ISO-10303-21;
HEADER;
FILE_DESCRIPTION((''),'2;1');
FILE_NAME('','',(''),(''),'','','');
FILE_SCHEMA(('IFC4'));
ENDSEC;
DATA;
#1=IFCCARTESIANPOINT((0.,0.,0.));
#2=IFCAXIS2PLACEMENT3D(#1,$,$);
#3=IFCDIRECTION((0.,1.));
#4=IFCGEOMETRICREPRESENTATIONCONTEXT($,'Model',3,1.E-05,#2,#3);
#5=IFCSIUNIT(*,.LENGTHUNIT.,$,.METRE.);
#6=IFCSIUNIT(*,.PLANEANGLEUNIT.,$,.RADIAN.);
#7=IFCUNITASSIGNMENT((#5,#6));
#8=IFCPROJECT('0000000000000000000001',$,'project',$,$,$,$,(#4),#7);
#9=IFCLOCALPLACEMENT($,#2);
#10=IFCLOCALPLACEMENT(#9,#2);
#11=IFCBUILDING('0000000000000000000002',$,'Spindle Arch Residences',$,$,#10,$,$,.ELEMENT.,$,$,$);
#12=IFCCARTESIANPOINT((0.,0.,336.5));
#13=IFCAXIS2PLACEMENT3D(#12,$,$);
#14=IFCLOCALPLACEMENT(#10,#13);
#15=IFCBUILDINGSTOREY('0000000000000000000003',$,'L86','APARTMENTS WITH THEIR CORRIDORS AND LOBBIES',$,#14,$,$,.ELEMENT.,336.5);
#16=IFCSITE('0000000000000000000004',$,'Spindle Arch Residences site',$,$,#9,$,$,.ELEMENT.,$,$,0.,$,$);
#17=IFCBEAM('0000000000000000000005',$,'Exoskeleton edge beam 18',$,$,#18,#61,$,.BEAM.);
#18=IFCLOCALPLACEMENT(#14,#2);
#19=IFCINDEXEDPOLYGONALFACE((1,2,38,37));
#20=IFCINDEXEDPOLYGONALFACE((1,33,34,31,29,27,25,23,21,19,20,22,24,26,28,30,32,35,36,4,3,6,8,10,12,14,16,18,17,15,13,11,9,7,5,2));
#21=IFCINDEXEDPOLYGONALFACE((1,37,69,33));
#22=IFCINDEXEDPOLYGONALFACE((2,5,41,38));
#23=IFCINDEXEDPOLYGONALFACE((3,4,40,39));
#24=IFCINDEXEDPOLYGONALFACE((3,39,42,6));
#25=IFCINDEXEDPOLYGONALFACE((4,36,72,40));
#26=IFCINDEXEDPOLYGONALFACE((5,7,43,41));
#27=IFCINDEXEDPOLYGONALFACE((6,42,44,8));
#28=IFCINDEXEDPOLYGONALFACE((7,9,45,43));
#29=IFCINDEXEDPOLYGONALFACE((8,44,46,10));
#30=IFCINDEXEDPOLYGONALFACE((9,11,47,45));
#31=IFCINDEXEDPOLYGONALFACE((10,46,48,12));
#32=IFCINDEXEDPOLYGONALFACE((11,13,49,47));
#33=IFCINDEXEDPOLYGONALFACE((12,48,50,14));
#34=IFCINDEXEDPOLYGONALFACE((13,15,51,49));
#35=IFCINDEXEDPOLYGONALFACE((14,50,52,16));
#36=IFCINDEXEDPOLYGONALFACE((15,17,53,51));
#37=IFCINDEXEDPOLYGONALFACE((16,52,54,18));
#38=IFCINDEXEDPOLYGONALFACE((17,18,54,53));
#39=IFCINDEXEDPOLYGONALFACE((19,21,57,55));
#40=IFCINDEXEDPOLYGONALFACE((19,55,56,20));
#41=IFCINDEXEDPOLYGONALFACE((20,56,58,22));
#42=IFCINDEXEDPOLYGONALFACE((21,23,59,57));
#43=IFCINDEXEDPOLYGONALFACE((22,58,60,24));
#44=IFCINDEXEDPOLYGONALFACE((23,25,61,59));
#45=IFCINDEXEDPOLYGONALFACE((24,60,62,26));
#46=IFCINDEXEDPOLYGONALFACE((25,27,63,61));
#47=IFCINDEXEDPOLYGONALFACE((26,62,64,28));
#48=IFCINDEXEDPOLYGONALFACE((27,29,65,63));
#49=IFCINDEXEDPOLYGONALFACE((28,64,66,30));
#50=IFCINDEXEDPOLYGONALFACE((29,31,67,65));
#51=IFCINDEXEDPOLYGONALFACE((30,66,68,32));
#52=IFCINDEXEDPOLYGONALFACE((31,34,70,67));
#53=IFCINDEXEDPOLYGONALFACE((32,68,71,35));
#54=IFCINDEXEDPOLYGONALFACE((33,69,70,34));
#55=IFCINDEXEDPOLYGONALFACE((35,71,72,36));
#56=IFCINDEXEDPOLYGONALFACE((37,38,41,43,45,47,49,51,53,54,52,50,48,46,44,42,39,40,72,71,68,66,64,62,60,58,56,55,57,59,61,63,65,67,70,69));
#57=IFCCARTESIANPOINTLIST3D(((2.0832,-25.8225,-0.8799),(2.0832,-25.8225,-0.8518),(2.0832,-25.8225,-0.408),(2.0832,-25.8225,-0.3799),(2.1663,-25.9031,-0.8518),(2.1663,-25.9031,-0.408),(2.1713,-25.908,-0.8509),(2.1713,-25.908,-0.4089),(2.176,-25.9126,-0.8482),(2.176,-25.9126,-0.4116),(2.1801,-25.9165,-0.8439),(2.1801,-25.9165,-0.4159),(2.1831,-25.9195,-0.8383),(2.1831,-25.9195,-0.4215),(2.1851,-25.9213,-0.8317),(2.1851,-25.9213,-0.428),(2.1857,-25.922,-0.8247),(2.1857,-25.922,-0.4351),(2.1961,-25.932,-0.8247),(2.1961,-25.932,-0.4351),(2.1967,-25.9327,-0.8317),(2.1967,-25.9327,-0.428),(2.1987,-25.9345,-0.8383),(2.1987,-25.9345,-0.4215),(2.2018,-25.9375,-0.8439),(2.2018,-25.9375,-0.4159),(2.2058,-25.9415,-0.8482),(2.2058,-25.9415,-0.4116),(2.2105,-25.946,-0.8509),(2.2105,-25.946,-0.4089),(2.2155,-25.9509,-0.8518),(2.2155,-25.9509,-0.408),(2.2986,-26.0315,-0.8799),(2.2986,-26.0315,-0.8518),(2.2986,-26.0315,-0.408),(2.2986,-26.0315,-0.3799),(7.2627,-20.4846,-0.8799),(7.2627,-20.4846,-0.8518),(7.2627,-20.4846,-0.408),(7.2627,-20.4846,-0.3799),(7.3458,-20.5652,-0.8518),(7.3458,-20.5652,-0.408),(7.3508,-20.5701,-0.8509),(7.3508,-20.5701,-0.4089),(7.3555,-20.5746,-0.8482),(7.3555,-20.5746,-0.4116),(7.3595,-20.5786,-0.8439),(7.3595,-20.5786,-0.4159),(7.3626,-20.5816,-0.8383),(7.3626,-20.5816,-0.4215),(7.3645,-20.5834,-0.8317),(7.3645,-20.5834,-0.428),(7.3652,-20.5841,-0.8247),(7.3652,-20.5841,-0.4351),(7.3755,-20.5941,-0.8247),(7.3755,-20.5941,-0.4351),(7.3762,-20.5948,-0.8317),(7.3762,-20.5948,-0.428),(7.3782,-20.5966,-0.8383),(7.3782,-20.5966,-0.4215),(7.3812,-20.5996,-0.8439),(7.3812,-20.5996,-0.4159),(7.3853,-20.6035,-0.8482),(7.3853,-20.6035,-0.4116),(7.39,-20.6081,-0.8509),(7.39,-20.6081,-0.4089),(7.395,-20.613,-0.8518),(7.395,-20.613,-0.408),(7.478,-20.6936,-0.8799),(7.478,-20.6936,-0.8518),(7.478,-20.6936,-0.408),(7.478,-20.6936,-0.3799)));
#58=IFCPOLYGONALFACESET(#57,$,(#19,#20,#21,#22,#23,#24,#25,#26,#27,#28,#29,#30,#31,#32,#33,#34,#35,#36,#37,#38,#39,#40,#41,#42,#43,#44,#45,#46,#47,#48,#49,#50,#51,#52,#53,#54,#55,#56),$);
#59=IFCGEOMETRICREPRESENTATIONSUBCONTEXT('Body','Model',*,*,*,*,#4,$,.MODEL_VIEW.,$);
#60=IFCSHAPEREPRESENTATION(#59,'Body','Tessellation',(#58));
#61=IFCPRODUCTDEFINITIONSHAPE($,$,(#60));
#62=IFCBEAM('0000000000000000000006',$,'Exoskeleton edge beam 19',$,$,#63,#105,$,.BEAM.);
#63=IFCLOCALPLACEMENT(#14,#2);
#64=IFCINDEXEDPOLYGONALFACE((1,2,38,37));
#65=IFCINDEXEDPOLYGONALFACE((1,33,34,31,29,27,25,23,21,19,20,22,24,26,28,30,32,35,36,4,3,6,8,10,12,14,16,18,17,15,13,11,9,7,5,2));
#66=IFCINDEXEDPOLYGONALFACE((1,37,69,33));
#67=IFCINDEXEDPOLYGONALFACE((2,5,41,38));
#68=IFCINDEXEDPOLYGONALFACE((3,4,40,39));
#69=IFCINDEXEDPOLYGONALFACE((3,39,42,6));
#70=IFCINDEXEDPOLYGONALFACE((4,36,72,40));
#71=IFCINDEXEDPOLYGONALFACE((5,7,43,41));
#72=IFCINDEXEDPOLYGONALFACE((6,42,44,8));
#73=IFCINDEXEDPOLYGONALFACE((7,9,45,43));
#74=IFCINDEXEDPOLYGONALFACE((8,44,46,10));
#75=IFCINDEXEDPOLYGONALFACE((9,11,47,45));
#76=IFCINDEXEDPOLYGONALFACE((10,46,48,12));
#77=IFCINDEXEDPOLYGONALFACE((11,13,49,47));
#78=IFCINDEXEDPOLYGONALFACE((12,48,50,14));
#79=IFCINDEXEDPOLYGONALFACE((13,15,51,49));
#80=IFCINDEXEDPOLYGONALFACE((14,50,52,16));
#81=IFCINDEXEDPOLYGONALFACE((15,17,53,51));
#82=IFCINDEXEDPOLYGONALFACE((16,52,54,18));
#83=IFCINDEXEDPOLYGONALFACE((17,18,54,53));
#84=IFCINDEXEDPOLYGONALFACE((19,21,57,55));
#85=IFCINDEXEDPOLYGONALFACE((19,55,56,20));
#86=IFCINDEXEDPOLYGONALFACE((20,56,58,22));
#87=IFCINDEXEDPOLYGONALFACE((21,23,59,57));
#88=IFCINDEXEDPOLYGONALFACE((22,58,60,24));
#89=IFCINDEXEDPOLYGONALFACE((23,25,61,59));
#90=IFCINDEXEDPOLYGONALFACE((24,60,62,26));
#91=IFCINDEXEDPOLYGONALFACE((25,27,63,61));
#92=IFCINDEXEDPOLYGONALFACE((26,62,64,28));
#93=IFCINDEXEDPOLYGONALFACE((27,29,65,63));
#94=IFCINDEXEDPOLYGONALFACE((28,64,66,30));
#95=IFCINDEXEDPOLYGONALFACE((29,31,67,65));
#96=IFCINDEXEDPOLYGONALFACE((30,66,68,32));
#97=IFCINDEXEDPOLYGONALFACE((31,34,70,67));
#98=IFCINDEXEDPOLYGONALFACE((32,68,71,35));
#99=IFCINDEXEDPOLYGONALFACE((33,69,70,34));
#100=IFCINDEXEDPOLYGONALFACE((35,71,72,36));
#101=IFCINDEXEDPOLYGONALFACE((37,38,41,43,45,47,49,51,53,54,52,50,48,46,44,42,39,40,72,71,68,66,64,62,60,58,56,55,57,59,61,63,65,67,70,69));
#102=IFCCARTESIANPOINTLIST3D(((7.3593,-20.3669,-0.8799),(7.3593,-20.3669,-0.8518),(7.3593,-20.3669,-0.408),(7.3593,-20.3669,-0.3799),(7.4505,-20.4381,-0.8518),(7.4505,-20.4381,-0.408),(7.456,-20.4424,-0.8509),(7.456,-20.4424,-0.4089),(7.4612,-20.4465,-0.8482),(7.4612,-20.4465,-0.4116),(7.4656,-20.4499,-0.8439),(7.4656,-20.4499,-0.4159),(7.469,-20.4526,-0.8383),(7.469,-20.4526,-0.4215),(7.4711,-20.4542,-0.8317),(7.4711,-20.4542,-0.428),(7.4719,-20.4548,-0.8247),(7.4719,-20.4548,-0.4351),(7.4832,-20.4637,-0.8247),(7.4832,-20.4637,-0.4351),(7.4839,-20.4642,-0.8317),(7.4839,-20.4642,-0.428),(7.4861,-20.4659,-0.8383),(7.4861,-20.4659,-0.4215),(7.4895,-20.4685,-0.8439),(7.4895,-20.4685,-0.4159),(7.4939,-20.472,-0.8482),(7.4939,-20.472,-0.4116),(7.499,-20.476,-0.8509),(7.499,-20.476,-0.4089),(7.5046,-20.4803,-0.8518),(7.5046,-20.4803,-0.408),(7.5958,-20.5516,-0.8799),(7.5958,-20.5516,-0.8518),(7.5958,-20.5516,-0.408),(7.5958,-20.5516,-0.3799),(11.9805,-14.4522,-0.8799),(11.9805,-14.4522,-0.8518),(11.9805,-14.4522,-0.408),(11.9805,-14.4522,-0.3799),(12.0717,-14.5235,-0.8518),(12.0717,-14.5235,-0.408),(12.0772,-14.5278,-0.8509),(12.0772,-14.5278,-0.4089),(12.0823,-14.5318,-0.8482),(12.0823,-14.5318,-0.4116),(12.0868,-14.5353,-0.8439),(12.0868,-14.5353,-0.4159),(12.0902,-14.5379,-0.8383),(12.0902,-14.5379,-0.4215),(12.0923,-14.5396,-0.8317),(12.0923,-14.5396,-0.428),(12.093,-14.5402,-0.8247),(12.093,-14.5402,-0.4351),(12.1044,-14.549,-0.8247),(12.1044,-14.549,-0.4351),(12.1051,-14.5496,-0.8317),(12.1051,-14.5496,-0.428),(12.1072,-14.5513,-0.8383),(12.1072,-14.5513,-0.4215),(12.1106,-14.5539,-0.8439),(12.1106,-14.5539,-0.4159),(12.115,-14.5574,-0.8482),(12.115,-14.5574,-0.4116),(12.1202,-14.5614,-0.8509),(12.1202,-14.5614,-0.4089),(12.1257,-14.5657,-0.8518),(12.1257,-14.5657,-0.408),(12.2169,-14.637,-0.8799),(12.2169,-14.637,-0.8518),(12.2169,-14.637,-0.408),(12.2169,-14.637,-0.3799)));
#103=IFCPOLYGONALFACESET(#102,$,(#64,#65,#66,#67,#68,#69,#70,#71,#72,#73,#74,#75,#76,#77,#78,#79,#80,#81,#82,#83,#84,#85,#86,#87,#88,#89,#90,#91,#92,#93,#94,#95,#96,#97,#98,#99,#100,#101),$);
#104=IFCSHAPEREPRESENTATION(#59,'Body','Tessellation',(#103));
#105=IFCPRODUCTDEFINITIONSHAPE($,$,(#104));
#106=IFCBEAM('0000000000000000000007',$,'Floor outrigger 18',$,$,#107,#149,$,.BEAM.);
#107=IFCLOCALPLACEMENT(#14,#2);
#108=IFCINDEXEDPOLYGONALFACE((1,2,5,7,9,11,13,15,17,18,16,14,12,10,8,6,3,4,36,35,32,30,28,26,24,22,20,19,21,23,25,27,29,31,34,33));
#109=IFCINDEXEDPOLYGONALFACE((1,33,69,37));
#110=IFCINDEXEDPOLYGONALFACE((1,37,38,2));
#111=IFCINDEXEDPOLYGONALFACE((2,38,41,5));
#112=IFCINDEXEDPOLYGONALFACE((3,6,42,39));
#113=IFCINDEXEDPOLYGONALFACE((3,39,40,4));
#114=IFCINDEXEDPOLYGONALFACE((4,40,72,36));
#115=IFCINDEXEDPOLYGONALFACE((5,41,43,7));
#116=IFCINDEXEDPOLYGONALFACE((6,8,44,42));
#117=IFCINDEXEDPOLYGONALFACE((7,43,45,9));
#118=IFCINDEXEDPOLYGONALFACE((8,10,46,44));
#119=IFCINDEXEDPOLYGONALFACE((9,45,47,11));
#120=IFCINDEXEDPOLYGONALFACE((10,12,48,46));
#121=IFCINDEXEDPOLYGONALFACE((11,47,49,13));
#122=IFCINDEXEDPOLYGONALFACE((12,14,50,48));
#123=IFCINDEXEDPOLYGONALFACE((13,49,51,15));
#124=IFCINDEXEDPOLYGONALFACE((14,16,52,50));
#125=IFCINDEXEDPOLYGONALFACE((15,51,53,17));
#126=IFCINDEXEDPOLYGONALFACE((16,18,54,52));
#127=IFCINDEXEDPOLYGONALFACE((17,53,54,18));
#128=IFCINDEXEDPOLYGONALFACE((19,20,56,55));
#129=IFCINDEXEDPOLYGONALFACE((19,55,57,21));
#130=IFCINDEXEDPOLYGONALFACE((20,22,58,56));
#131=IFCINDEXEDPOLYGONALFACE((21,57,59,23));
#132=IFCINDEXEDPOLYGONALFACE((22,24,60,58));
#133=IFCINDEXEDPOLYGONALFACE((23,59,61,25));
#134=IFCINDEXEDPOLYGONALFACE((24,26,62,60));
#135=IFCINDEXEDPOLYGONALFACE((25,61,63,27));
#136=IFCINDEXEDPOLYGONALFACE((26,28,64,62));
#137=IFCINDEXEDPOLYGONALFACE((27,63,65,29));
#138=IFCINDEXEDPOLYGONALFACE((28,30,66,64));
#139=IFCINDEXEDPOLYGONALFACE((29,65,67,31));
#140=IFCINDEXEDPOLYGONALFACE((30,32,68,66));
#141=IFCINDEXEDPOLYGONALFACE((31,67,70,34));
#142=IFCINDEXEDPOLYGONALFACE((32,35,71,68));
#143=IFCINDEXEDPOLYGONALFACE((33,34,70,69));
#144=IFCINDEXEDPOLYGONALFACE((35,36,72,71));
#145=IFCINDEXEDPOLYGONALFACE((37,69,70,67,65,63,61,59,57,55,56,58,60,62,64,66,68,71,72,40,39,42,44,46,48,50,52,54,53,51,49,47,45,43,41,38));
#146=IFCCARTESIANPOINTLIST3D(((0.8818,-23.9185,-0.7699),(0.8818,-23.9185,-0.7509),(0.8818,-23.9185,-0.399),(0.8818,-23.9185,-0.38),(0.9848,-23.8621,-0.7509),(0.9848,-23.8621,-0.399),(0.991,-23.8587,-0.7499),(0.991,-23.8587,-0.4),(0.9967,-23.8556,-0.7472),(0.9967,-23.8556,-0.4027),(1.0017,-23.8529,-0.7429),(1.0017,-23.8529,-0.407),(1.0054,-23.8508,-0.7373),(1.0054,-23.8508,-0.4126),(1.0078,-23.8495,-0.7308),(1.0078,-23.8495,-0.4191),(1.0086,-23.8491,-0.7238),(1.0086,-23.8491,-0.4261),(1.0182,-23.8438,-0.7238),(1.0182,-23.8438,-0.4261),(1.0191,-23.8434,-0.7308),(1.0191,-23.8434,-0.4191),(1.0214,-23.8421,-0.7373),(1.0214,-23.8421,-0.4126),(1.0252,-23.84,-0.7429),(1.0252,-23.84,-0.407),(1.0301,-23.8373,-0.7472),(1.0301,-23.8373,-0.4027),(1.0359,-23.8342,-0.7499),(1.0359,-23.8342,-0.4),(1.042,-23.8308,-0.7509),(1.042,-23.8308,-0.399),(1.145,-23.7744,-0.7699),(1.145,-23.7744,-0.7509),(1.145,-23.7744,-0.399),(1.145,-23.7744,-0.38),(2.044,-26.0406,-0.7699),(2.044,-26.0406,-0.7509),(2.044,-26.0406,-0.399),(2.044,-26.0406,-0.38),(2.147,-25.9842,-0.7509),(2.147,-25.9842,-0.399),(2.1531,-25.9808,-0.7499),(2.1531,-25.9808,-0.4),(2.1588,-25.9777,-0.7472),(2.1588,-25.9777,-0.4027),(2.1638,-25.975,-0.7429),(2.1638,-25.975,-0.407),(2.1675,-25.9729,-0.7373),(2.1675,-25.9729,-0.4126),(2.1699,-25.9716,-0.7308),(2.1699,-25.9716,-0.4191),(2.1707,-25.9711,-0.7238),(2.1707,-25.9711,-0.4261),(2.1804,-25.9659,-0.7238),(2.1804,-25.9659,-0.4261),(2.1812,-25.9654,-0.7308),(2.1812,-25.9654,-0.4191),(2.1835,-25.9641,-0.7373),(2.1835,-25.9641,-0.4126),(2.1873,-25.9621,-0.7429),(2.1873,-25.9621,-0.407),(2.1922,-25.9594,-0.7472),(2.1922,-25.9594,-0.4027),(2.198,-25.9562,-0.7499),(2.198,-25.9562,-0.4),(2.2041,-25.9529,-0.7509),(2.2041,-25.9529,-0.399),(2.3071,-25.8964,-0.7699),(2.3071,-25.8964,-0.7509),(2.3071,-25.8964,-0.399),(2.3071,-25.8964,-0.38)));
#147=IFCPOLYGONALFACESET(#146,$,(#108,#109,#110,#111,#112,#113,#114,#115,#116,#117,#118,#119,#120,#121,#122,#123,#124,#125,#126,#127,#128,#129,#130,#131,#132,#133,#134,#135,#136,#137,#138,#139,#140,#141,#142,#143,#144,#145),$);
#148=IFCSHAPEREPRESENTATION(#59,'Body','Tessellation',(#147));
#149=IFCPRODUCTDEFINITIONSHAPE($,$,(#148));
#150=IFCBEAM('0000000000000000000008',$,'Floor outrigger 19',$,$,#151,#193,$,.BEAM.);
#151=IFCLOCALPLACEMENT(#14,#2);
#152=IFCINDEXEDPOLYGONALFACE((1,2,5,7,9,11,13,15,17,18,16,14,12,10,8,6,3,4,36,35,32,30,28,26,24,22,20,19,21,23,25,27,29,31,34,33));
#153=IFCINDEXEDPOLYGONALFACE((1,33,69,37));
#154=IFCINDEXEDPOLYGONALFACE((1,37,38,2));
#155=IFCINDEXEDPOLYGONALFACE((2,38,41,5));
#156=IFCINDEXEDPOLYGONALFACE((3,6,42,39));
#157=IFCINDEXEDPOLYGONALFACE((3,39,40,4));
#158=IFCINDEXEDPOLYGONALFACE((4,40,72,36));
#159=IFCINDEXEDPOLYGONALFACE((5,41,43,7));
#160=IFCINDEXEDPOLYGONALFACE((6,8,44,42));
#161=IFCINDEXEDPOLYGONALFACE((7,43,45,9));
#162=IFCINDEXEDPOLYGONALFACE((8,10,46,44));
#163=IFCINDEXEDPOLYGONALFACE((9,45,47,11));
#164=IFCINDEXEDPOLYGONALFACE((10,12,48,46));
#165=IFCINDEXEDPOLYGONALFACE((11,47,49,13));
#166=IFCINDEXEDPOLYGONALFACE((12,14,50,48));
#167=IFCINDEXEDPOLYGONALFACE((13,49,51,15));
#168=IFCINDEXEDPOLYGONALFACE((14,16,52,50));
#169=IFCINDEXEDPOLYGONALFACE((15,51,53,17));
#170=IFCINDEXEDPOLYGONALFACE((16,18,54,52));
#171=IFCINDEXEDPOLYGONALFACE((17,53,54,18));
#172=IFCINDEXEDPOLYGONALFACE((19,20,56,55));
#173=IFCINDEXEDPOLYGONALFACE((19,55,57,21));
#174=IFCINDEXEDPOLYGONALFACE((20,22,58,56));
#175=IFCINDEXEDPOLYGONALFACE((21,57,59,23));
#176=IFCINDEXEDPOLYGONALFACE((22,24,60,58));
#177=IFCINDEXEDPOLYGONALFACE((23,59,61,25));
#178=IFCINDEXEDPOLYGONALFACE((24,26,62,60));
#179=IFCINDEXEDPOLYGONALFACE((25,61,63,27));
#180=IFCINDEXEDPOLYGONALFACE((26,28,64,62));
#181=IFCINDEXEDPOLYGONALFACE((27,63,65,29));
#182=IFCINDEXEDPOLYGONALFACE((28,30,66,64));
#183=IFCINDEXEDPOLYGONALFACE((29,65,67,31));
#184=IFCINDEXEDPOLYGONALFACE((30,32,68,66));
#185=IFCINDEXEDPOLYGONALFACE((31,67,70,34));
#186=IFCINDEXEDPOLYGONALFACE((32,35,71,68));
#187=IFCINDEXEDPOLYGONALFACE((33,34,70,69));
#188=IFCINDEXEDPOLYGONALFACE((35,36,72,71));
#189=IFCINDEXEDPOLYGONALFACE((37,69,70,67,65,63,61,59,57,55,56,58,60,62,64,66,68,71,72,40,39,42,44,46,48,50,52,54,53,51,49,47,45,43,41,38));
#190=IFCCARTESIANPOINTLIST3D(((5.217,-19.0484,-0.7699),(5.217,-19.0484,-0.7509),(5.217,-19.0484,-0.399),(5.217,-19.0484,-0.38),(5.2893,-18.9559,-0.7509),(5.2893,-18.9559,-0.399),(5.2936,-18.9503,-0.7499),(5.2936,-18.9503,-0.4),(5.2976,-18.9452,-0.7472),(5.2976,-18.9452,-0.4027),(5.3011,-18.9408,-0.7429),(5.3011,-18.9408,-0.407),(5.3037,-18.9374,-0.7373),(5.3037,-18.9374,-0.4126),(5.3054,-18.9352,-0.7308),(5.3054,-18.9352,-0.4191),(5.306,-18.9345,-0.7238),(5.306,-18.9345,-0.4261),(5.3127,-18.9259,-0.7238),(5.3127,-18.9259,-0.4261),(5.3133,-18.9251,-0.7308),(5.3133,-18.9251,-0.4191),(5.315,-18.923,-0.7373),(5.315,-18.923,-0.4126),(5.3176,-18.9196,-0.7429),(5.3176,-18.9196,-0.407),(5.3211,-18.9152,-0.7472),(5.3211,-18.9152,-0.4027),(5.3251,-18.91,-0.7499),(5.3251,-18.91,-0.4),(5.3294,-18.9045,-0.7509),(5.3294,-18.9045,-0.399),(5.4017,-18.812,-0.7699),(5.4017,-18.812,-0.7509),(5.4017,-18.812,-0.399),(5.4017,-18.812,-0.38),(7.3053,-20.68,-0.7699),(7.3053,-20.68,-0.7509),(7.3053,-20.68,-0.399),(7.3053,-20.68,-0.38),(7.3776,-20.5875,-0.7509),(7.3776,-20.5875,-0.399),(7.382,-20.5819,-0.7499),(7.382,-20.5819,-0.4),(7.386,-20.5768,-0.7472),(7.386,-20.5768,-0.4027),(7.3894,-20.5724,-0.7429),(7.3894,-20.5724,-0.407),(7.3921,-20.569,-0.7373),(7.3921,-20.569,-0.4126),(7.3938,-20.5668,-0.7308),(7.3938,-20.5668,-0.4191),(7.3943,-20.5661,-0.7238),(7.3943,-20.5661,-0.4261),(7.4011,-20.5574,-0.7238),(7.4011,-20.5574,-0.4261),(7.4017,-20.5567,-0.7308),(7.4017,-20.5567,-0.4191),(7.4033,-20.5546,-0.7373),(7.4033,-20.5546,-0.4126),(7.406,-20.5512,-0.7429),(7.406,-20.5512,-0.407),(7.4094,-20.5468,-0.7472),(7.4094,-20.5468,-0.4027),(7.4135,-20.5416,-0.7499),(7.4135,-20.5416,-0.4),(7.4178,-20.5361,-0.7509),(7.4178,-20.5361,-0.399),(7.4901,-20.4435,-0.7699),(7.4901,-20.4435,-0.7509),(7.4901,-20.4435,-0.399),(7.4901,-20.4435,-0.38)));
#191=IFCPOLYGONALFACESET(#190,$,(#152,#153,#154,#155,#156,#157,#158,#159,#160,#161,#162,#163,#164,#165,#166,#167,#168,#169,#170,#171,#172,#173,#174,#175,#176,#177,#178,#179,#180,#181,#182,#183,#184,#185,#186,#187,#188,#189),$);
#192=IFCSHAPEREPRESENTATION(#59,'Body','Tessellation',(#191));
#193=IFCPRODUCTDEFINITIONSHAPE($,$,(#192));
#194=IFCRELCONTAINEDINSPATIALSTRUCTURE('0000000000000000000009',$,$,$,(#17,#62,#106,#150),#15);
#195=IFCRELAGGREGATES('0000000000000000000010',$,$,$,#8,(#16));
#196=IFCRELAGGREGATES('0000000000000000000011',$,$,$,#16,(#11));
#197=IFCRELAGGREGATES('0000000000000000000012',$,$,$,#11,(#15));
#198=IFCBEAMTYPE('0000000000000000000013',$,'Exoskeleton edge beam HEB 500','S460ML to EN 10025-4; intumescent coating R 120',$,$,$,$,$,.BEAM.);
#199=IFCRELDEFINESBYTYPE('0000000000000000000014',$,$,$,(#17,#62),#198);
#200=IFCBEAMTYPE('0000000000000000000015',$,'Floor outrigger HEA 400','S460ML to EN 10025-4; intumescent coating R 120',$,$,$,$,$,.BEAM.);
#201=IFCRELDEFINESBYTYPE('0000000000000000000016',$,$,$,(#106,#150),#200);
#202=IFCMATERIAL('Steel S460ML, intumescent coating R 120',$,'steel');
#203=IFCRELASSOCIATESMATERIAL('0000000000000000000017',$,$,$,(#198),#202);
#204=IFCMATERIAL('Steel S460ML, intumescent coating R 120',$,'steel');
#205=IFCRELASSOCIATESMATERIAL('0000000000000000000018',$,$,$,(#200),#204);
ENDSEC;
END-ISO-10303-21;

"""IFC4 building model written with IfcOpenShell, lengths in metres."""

from ifc_helpers import new_model, si_unit, direction, frame, origin, origin_2d, place, context, subcontext, project, spatial, i_section, extrude, material, material_profile, profile_set, type_object, element, save


model = new_model("IFC4")

# Units and contexts
model_context = context("Model", 3, precision=1e-05, world=origin(), true_north=direction((0.0, 1.0)))
body_context = subcontext(model_context, "Body", "Model", "MODEL_VIEW")
ifc_project = project(units=[si_unit("LENGTHUNIT", "METRE"), si_unit("PLANEANGLEUNIT", "RADIAN")], contexts=[model_context])

# Site, building, storey
site_placement = place(None, origin())
site = spatial("IfcSite", under=ifc_project, at=site_placement, Name="Spindle Arch Residences site", CompositionType="ELEMENT", RefElevation=0.0)
building_placement = place(site_placement, origin())
building = spatial("IfcBuilding", under=site, at=building_placement, Name="Spindle Arch Residences", CompositionType="ELEMENT")
storey_placement = place(building_placement, frame((0.0, 0.0, 336.5)))
storey = spatial("IfcBuildingStorey", under=building, at=storey_placement, Name="L86", Description="APARTMENTS WITH THEIR CORRIDORS AND LOBBIES", CompositionType="ELEMENT", Elevation=336.5)

# Beams
ifc_material_1 = material(Name="Steel S460ML, intumescent coating R 120", Category="steel")
ifc_material_profile_1 = material_profile(ifc_material_1, i_section(OverallWidth=0.3, OverallDepth=0.5, WebThickness=0.0144, FlangeThickness=0.0281, FilletRadius=0.0271, at=origin_2d()), Name="HEB 500")
ifc_profile_set_1 = profile_set([ifc_material_profile_1], Name="Steel S460ML, intumescent coating R 120")
beam_type_1 = type_object("IfcBeamType", Name="Exoskeleton edge beam HEB 500", Description="S460ML to EN 10025-4; intumescent coating R 120", PredefinedType="BEAM", material=ifc_profile_set_1)
beam_1_placement = place(storey_placement, frame((2.1909, -25.927, -0.6299), z_axis=(0.696375, 0.717678, 0.0), x_axis=(-0.717678, 0.696375, 0.0)))
element("IfcBeam", 1, at=beam_1_placement, inside=storey, type_object=beam_type_1, Name="Exoskeleton edge beam 18", PredefinedType="BEAM", context=body_context, shape_type="SweptSolid", body=[
    extrude(i_section(OverallWidth=0.3, OverallDepth=0.5, WebThickness=0.0144, FlangeThickness=0.0281, FilletRadius=0.0271, at=origin_2d()), origin(), (0.0, 0.0, 1.0), 7.4377),
])
beam_2_placement = place(storey_placement, frame((7.4775, -20.4592, -0.6299), z_axis=(0.615673, 0.788002, 0.0), x_axis=(-0.788002, 0.615673, 0.0)))
element("IfcBeam", 2, at=beam_2_placement, inside=storey, type_object=beam_type_1, Name="Exoskeleton edge beam 19", PredefinedType="BEAM", context=body_context, shape_type="SweptSolid", body=[
    extrude(i_section(OverallWidth=0.3, OverallDepth=0.5, WebThickness=0.0144, FlangeThickness=0.0281, FilletRadius=0.0271, at=origin_2d()), origin(), (0.0, 0.0, 1.0), 7.5059),
])
ifc_material_2 = material(Name="Steel S460ML, intumescent coating R 120", Category="steel")
ifc_material_profile_2 = material_profile(ifc_material_2, i_section(OverallWidth=0.3, OverallDepth=0.3899, WebThickness=0.011, FlangeThickness=0.019, FilletRadius=0.0271, at=origin_2d()), Name="HEA 400")
ifc_profile_set_2 = profile_set([ifc_material_profile_2], Name="Steel S460ML, intumescent coating R 120")
beam_type_2 = type_object("IfcBeamType", Name="Floor outrigger HEA 400", Description="S460ML to EN 10025-4; intumescent coating R 120", PredefinedType="BEAM", material=ifc_profile_set_2)
beam_3_placement = place(storey_placement, frame((2.1755, -25.9685, -0.575), z_axis=(-0.480322, 0.877092, 0.0), x_axis=(-0.877092, -0.480322, 0.0)))
element("IfcBeam", 3, at=beam_3_placement, inside=storey, type_object=beam_type_2, Name="Floor outrigger 18", PredefinedType="BEAM", context=body_context, shape_type="SweptSolid", body=[
    extrude(i_section(OverallWidth=0.3, OverallDepth=0.3899, WebThickness=0.011, FlangeThickness=0.019, FilletRadius=0.0271, at=origin_2d()), origin(), (0.0, 0.0, 1.0), 2.4194),
])
beam_4_placement = place(storey_placement, frame((7.3977, -20.5618, -0.575), z_axis=(-0.788016, 0.615655, 0.0), x_axis=(-0.615655, -0.788016, 0.0)))
element("IfcBeam", 4, at=beam_4_placement, inside=storey, type_object=beam_type_2, Name="Floor outrigger 19", PredefinedType="BEAM", context=body_context, shape_type="SweptSolid", body=[
    extrude(i_section(OverallWidth=0.3, OverallDepth=0.3899, WebThickness=0.011, FlangeThickness=0.019, FilletRadius=0.0271, at=origin_2d()), origin(), (0.0, 0.0, 1.0), 2.6501),
])

save(model, "model.ifc")
